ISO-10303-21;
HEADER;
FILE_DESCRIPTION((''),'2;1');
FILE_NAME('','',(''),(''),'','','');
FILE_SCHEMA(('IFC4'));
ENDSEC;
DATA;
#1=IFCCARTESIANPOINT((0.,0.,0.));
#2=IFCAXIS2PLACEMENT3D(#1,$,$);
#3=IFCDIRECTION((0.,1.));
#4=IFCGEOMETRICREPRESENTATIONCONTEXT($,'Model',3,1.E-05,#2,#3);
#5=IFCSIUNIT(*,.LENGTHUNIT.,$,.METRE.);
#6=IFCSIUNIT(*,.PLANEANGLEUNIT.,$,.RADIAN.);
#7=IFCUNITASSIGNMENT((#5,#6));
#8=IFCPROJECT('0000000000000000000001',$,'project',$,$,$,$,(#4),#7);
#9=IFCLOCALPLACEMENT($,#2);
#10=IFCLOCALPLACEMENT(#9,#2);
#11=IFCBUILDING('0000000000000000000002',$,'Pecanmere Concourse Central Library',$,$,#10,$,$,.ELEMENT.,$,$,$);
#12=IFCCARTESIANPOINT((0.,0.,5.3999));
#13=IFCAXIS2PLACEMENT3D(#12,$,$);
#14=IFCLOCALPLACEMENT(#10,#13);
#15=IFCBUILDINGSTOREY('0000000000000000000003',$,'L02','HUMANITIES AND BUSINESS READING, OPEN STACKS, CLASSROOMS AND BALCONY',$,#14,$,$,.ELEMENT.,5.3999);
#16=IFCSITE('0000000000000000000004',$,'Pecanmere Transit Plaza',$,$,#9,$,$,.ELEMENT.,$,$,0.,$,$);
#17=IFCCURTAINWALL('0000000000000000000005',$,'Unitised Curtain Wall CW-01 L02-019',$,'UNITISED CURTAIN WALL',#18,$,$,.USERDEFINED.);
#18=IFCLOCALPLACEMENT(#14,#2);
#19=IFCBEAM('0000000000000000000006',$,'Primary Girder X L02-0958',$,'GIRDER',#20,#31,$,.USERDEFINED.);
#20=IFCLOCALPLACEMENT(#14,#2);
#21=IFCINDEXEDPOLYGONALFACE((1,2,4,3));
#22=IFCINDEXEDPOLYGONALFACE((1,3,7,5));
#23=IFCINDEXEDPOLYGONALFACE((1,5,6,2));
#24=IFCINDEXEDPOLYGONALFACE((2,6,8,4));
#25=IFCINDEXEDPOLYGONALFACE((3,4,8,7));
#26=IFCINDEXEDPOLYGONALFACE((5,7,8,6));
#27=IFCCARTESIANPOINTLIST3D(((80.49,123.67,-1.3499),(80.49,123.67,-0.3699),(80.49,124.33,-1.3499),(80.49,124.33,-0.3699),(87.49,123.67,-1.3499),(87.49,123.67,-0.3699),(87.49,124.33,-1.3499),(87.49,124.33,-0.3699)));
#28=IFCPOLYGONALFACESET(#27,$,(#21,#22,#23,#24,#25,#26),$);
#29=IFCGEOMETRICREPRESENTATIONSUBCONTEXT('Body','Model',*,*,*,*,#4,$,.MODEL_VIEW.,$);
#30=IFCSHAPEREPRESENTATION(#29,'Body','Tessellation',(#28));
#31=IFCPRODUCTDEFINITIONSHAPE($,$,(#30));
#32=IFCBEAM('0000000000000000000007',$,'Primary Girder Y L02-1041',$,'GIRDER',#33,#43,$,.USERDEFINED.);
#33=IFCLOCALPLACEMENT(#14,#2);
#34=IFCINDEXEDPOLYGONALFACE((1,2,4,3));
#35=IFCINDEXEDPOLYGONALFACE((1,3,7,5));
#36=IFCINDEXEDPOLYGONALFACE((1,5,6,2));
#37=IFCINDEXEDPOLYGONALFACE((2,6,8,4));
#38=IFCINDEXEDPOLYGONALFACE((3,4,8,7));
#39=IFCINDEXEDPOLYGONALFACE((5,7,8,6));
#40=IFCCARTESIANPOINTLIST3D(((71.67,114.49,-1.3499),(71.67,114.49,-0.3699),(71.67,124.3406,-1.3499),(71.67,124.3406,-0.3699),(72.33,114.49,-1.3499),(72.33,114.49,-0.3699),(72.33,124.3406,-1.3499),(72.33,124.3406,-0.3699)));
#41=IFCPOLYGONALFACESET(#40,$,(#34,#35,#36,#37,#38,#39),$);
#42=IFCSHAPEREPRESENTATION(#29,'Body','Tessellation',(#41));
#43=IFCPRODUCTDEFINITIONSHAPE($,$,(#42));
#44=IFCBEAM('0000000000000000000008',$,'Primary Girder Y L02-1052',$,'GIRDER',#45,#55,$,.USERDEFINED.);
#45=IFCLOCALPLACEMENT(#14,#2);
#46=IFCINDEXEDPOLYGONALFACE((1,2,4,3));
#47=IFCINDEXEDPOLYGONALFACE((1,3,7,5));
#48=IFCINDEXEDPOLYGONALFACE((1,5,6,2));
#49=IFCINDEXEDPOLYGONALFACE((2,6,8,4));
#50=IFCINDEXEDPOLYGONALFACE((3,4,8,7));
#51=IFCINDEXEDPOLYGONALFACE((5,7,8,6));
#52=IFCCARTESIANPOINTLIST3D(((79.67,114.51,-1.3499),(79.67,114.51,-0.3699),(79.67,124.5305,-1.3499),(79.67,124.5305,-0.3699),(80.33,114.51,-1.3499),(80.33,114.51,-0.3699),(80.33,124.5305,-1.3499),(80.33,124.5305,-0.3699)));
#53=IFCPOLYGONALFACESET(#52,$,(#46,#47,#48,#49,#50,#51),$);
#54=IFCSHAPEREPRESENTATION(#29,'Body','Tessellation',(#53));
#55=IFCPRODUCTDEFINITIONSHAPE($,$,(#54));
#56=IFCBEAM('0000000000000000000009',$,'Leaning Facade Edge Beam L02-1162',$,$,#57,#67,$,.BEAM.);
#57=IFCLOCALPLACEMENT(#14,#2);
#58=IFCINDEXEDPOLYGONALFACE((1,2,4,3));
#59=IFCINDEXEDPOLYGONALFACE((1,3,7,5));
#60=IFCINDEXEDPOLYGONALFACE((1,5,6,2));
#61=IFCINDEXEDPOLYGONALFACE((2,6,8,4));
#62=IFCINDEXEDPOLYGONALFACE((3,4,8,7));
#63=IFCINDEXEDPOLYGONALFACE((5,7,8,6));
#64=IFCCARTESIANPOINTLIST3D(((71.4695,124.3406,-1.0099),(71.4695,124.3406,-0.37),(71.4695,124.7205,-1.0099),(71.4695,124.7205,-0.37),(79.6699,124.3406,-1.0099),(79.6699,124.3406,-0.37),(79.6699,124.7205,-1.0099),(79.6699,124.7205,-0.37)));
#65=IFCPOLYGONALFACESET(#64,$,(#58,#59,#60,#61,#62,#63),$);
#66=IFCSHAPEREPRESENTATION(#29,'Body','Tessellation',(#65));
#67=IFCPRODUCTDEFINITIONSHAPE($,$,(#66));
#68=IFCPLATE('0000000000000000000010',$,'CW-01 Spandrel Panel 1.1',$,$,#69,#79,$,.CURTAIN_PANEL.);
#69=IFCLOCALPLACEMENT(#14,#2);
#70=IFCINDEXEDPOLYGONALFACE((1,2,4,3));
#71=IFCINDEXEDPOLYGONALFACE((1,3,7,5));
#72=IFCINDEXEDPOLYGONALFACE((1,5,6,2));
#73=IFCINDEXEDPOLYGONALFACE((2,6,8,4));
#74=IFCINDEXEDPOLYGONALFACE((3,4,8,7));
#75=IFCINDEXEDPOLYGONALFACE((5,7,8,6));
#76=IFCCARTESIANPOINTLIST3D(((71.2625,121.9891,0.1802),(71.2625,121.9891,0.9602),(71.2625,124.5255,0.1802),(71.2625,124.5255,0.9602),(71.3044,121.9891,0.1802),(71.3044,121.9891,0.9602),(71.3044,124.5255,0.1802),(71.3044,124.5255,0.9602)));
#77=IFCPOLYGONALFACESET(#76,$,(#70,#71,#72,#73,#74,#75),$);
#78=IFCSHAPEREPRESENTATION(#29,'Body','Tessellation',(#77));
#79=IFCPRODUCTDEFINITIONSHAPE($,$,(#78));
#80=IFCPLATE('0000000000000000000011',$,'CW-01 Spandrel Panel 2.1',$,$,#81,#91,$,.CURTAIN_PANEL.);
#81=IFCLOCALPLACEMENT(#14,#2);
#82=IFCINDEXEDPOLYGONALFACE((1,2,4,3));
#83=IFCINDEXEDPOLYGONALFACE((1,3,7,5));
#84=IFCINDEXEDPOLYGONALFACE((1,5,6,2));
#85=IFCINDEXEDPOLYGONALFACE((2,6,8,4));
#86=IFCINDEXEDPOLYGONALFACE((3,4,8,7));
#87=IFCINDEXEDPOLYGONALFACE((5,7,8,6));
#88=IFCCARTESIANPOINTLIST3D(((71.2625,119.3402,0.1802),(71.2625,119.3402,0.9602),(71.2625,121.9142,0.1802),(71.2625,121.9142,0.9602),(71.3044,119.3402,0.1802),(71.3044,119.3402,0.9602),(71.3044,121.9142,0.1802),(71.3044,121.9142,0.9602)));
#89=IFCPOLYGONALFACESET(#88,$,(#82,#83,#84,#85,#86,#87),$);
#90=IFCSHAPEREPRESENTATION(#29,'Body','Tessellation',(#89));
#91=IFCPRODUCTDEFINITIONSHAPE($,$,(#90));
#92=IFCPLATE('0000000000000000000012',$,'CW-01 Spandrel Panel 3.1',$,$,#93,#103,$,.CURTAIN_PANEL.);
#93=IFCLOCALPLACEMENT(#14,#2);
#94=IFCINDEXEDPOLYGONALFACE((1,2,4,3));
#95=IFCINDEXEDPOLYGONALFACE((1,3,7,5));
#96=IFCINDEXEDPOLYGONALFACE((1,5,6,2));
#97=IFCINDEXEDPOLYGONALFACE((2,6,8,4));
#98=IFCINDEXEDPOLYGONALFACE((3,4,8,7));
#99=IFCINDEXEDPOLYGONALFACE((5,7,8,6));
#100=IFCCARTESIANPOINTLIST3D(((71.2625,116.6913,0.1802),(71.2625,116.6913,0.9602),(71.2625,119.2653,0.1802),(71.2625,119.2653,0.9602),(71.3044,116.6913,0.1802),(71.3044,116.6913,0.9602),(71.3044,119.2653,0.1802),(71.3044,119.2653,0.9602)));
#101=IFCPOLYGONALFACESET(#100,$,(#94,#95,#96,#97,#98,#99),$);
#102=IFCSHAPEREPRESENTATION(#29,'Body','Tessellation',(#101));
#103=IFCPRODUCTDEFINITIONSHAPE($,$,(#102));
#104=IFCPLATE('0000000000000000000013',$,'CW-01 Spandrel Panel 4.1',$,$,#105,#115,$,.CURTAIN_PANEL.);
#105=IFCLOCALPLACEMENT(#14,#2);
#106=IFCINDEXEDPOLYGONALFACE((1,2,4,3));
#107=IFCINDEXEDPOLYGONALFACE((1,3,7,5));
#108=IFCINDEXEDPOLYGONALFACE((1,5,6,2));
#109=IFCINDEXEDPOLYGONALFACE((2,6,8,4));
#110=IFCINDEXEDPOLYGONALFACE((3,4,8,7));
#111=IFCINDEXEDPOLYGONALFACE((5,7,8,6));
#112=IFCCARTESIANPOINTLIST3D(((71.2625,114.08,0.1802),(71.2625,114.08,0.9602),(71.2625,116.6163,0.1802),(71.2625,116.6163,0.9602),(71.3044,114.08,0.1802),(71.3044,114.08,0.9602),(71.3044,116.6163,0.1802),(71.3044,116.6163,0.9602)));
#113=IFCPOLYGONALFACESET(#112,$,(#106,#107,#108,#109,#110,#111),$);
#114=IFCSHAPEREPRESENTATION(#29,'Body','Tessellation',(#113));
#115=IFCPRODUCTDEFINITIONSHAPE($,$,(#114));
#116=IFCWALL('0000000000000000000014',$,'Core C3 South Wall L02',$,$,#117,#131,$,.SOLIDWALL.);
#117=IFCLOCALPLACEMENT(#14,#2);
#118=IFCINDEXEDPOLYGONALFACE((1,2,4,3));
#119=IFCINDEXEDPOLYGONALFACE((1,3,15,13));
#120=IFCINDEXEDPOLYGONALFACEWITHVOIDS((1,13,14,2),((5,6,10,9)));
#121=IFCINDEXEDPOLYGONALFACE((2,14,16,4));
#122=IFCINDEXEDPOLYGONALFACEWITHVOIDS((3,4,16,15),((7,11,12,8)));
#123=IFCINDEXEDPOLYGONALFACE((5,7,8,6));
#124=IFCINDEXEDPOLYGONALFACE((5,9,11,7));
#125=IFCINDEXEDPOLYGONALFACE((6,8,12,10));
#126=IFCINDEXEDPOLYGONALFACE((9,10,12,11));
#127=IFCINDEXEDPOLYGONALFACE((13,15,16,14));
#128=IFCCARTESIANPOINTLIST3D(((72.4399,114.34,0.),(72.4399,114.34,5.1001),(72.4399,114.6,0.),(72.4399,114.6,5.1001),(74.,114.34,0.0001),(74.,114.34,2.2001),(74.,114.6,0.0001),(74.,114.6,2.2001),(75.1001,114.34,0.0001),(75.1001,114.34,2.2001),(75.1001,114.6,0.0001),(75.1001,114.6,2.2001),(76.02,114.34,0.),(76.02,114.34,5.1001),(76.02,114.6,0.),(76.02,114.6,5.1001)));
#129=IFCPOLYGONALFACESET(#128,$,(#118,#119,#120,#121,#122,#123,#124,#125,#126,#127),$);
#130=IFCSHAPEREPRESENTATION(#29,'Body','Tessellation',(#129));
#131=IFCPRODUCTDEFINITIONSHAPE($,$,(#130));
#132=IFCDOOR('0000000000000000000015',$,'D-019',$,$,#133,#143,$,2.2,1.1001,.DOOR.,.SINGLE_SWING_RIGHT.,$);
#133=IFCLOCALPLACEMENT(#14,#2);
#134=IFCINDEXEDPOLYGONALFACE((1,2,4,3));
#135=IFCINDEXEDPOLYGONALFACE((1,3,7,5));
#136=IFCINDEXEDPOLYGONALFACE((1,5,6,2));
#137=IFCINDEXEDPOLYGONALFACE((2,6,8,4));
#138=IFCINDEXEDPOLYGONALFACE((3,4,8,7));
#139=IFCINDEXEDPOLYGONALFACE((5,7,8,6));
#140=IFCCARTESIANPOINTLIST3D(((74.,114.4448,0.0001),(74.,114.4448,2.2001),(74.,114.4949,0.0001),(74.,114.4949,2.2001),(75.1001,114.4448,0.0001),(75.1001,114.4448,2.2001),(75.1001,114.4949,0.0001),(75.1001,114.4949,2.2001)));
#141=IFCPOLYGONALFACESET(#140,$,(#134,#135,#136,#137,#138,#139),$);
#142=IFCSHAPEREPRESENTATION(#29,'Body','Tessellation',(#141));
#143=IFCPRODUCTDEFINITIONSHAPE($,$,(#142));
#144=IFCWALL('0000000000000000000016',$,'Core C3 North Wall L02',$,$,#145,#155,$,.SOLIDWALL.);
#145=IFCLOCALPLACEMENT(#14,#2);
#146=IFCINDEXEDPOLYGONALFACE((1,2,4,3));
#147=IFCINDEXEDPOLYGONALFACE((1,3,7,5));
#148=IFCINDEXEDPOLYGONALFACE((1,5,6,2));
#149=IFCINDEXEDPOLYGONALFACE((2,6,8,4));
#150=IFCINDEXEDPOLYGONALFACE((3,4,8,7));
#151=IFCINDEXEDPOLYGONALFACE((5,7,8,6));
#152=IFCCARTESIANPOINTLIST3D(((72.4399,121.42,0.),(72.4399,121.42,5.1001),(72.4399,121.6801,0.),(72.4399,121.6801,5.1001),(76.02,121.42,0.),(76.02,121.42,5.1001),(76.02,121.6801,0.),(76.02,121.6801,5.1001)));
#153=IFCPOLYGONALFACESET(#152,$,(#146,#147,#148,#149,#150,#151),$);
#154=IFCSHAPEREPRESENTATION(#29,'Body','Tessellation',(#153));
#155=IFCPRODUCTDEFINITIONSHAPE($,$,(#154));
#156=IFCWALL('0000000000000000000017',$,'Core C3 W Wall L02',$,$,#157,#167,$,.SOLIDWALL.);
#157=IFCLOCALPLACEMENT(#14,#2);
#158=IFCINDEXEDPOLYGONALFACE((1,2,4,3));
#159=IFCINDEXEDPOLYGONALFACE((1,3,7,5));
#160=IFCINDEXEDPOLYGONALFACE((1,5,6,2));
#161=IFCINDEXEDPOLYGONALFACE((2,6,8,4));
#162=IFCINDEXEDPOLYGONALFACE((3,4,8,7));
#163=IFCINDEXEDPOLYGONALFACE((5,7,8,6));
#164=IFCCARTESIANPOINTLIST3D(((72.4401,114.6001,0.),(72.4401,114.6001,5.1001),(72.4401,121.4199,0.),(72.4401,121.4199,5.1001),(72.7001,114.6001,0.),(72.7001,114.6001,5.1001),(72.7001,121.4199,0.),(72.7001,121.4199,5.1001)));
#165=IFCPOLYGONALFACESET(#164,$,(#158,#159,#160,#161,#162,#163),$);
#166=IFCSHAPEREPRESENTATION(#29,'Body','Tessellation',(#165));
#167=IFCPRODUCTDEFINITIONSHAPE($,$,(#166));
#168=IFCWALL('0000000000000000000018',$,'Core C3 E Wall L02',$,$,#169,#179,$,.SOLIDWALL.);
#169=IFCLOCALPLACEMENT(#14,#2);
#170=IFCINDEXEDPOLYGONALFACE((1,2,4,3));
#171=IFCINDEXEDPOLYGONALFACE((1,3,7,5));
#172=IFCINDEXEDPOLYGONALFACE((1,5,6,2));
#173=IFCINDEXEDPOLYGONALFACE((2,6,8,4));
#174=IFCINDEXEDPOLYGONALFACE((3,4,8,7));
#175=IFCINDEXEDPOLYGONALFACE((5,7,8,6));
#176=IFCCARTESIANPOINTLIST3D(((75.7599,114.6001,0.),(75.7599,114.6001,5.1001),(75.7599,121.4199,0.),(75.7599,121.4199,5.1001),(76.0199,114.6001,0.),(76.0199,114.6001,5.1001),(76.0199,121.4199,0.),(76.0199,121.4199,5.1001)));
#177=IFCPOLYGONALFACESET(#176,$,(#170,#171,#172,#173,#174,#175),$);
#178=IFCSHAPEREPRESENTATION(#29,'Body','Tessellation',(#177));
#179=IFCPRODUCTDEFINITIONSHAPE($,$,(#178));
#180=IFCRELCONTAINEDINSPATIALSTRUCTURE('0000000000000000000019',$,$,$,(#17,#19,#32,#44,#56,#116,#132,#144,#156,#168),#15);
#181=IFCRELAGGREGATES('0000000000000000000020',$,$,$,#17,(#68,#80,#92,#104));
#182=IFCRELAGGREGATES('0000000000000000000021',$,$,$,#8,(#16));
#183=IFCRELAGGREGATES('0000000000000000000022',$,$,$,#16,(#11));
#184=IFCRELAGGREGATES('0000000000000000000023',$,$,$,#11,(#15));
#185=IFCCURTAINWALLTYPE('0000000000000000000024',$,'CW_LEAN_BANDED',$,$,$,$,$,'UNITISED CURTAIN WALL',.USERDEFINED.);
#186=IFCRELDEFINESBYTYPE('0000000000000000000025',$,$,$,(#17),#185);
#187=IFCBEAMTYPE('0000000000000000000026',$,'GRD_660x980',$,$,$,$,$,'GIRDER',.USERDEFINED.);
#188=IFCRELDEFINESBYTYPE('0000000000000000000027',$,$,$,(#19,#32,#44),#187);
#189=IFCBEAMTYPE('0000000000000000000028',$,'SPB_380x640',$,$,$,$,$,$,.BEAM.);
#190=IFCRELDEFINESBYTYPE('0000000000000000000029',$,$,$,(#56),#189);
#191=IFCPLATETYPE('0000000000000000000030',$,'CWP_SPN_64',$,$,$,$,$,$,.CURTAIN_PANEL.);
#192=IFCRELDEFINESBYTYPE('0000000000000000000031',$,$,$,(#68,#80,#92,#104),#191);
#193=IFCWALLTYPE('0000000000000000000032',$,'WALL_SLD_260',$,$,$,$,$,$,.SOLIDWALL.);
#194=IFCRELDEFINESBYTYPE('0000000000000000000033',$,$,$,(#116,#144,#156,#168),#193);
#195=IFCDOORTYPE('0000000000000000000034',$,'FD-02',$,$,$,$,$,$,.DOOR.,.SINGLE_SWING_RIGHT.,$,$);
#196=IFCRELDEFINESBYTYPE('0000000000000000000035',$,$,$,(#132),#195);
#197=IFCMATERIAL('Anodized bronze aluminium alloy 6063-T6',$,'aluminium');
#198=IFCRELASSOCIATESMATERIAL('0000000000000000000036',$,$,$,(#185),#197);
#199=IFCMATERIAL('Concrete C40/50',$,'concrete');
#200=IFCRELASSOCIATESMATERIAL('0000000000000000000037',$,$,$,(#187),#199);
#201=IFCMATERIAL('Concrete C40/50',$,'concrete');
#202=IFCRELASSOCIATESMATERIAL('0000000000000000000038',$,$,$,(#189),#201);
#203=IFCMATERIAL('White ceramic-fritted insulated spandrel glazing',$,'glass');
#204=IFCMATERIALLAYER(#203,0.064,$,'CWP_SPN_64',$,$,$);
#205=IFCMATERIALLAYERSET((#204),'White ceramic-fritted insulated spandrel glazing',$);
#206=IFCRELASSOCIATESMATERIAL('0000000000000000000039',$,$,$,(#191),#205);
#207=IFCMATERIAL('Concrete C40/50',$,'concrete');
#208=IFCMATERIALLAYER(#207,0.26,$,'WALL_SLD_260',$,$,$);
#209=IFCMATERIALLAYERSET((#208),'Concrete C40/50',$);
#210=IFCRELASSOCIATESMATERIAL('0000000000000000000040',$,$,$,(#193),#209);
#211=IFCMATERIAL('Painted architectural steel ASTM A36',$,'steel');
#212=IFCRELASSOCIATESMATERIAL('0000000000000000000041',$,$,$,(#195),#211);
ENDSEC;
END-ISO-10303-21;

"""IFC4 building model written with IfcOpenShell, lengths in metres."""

from ifc_helpers import new_model, si_unit, direction, frame, frame_2d, origin, origin_2d, place, context, subcontext, project, spatial, rectangle, extrude, material, layer, layer_set, material_profile, profile_set, type_object, element, fill, aggregate, save


model = new_model("IFC4")

# Units and contexts
model_context = context("Model", 3, precision=1e-05, world=origin(), true_north=direction((0.0, 1.0)))
body_context = subcontext(model_context, "Body", "Model", "MODEL_VIEW")
ifc_project = project(units=[si_unit("LENGTHUNIT", "METRE"), si_unit("PLANEANGLEUNIT", "RADIAN")], contexts=[model_context])

# Site, building, storey
site_placement = place(None, origin())
site = spatial("IfcSite", under=ifc_project, at=site_placement, Name="Pecanmere Transit Plaza", CompositionType="ELEMENT", RefElevation=0.0)
building_placement = place(site_placement, origin())
building = spatial("IfcBuilding", under=site, at=building_placement, Name="Pecanmere Concourse Central Library", CompositionType="ELEMENT")
storey_placement = place(building_placement, frame((0.0, 0.0, 5.3999)))
storey = spatial("IfcBuildingStorey", under=building, at=storey_placement, Name="L02", Description="HUMANITIES AND BUSINESS READING, OPEN STACKS, CLASSROOMS AND BALCONY", CompositionType="ELEMENT", Elevation=5.3999)

# Curtain wall
ifc_material_1 = material(Name="Anodized bronze aluminium alloy 6063-T6", Category="aluminium")
curtain_wall_type = type_object("IfcCurtainWallType", Name="CW_LEAN_BANDED", ElementType="UNITISED CURTAIN WALL", PredefinedType="USERDEFINED", material=ifc_material_1)
curtain_wall_placement = place(storey_placement, origin())
curtain_wall = element("IfcCurtainWall", 1, at=curtain_wall_placement, inside=storey, type_object=curtain_wall_type, Name="Unitised Curtain Wall CW-01 L02-019", ObjectType="UNITISED CURTAIN WALL", PredefinedType="USERDEFINED")

# Beams
ifc_material_2 = material(Name="Concrete C40/50", Category="concrete")
ifc_material_profile_1 = material_profile(ifc_material_2, rectangle(XDim=0.6599, YDim=0.98, at=origin_2d()), Name="RC 660x980")
ifc_profile_set_1 = profile_set([ifc_material_profile_1], Name="Concrete C40/50")
beam_type_1 = type_object("IfcBeamType", Name="GRD_660x980", ElementType="GIRDER", PredefinedType="USERDEFINED", material=ifc_profile_set_1)
for number, where, z_axis, x_axis, name in (
    (2, (80.49, 124.0, -0.8599), (1.0, 0.0, 0.0), (0.0, 1.0, 0.0), "Primary Girder X L02-0958"),
):
    element("IfcBeam", number, at=place(storey_placement, frame(where, z_axis=z_axis, x_axis=x_axis)), inside=storey, type_object=beam_type_1, Name=name, ObjectType="GIRDER", PredefinedType="USERDEFINED", context=body_context, shape_type="SweptSolid", body=[
        extrude(rectangle(XDim=0.6599, YDim=0.98, at=origin_2d()), origin(), (0.0, 0.0, 1.0), 7.0),
    ])
beam_1_placement = place(storey_placement, frame((72.0, 114.49, -0.8599), z_axis=(0.0, 1.0, 0.0), x_axis=(-1.0, 0.0, 0.0)))
element("IfcBeam", 3, at=beam_1_placement, inside=storey, type_object=beam_type_1, Name="Primary Girder Y L02-1041", ObjectType="GIRDER", PredefinedType="USERDEFINED", context=body_context, shape_type="SweptSolid", body=[
    extrude(rectangle(XDim=0.6599, YDim=0.98, at=origin_2d()), origin(), (0.0, 0.0, 1.0), 9.8506),
])
beam_2_placement = place(storey_placement, frame((80.0, 114.51, -0.8599), z_axis=(0.0, 1.0, 0.0), x_axis=(-1.0, 0.0, 0.0)))
element("IfcBeam", 4, at=beam_2_placement, inside=storey, type_object=beam_type_1, Name="Primary Girder Y L02-1052", ObjectType="GIRDER", PredefinedType="USERDEFINED", context=body_context, shape_type="SweptSolid", body=[
    extrude(rectangle(XDim=0.6599, YDim=0.98, at=origin_2d()), origin(), (0.0, 0.0, 1.0), 10.0205),
])
ifc_material_3 = material(Name="Concrete C40/50", Category="concrete")
ifc_material_profile_2 = material_profile(ifc_material_3, rectangle(XDim=0.3799, YDim=0.6399, at=origin_2d()), Name="RC 380x640")
ifc_profile_set_2 = profile_set([ifc_material_profile_2], Name="Concrete C40/50")
beam_type_2 = type_object("IfcBeamType", Name="SPB_380x640", PredefinedType="BEAM", material=ifc_profile_set_2)
beam_3_placement = place(storey_placement, frame((71.4695, 124.5305, -0.6899), z_axis=(1.0, 0.0, 0.0), x_axis=(0.0, 1.0, 0.0)))
element("IfcBeam", 5, at=beam_3_placement, inside=storey, type_object=beam_type_2, Name="Leaning Facade Edge Beam L02-1162", PredefinedType="BEAM", context=body_context, shape_type="SweptSolid", body=[
    extrude(rectangle(XDim=0.3799, YDim=0.6399, at=origin_2d()), origin(), (0.0, 0.0, 1.0), 8.2004),
])

# Plates
ifc_material_4 = material(Name="White ceramic-fritted insulated spandrel glazing", Category="glass")
ifc_layer_1 = layer(ifc_material_4, 0.064, Name="CWP_SPN_64")
ifc_layer_set_1 = layer_set([ifc_layer_1], Name="White ceramic-fritted insulated spandrel glazing")
plate_type = type_object("IfcPlateType", Name="CWP_SPN_64", PredefinedType="CURTAIN_PANEL", material=ifc_layer_set_1)
plate_1_placement = place(storey_placement, frame((71.2834, 123.2573, 0.1802), z_axis=(0.0, 0.0, 1.0), x_axis=(0.0, -1.0, 0.0)))
plate_1 = element("IfcPlate", 6, at=plate_1_placement, type_object=plate_type, Name="CW-01 Spandrel Panel 1.1", PredefinedType="CURTAIN_PANEL", context=body_context, shape_type="SweptSolid", body=[
    extrude(rectangle(XDim=2.5364, YDim=0.042, at=origin_2d()), origin(), (0.0, 0.0, 1.0), 0.78),
])
plate_2_placement = place(storey_placement, frame((71.2834, 120.6272, 0.1802), z_axis=(0.0, 0.0, 1.0), x_axis=(0.0, -1.0, 0.0)))
plate_2 = element("IfcPlate", 7, at=plate_2_placement, type_object=plate_type, Name="CW-01 Spandrel Panel 2.1", PredefinedType="CURTAIN_PANEL", context=body_context, shape_type="SweptSolid", body=[
    extrude(rectangle(XDim=2.574, YDim=0.042, at=origin_2d()), origin(), (0.0, 0.0, 1.0), 0.78),
])
plate_3_placement = place(storey_placement, frame((71.2834, 117.9783, 0.1802), z_axis=(0.0, 0.0, 1.0), x_axis=(0.0, -1.0, 0.0)))
plate_3 = element("IfcPlate", 8, at=plate_3_placement, type_object=plate_type, Name="CW-01 Spandrel Panel 3.1", PredefinedType="CURTAIN_PANEL", context=body_context, shape_type="SweptSolid", body=[
    extrude(rectangle(XDim=2.574, YDim=0.042, at=origin_2d()), origin(), (0.0, 0.0, 1.0), 0.78),
])
plate_4_placement = place(storey_placement, frame((71.2834, 115.3481, 0.1802), z_axis=(0.0, 0.0, 1.0), x_axis=(0.0, -1.0, 0.0)))
plate_4 = element("IfcPlate", 9, at=plate_4_placement, type_object=plate_type, Name="CW-01 Spandrel Panel 4.1", PredefinedType="CURTAIN_PANEL", context=body_context, shape_type="SweptSolid", body=[
    extrude(rectangle(XDim=2.5364, YDim=0.042, at=origin_2d()), origin(), (0.0, 0.0, 1.0), 0.78),
])
aggregate(curtain_wall, [plate_1, plate_2, plate_3, plate_4])

# Wall, opening, door
ifc_material_5 = material(Name="Concrete C40/50", Category="concrete")
ifc_layer_2 = layer(ifc_material_5, 0.26, Name="WALL_SLD_260")
ifc_layer_set_2 = layer_set([ifc_layer_2], Name="Concrete C40/50")
wall_type = type_object("IfcWallType", Name="WALL_SLD_260", PredefinedType="SOLIDWALL", material=ifc_layer_set_2)
wall_1_placement = place(storey_placement, frame((72.4399, 114.47, 0.0), z_axis=(0.0, 0.0, 1.0), x_axis=(1.0, 0.0, 0.0)))
wall_1 = element("IfcWall", 10, at=wall_1_placement, inside=storey, type_object=wall_type, Name="Core C3 South Wall L02", PredefinedType="SOLIDWALL", context=body_context, shape_type="SweptSolid", body=[
    extrude(rectangle(XDim=3.5801, YDim=0.26, at=frame_2d((1.79, 0.0))), origin(), (0.0, 0.0, 1.0), 5.1001),
])
opening_placement = place(wall_1_placement, frame((1.5601, 0.0, 0.0)))
opening = element("IfcOpeningElement", 11, at=opening_placement, cuts=wall_1, PredefinedType="OPENING", context=body_context, shape_type="SweptSolid", body=[
    extrude(rectangle(XDim=1.1001, YDim=2.2, at=frame_2d((0.55, 1.1001))), frame((0.0, 0.1421, 0.0), z_axis=(0.0, -1.0, 0.0), x_axis=(1.0, 0.0, 0.0)), (0.0, 0.0, 1.0), 0.2839),
])
ifc_material_6 = material(Name="Painted architectural steel ASTM A36", Category="steel")
door_type = type_object("IfcDoorType", Name="FD-02", OperationType="SINGLE_SWING_RIGHT", PredefinedType="DOOR", material=ifc_material_6)
door_placement = place(opening_placement, origin())
door = element("IfcDoor", 12, at=door_placement, inside=storey, type_object=door_type, Name="D-019", OperationType="SINGLE_SWING_RIGHT", OverallHeight=2.2, OverallWidth=1.1001, PredefinedType="DOOR", context=body_context, shape_type="SweptSolid", body=[
    extrude(rectangle(XDim=1.1001, YDim=2.2, at=frame_2d((0.55, 1.1001))), frame((0.0, 0.0249, 0.0), z_axis=(0.0, -1.0, 0.0), x_axis=(1.0, 0.0, 0.0)), (0.0, 0.0, 1.0), 0.05),
])
fill(opening, door)

# Walls
wall_2_placement = place(storey_placement, frame((72.4399, 121.55, 0.0), z_axis=(0.0, 0.0, 1.0), x_axis=(1.0, 0.0, 0.0)))
element("IfcWall", 13, at=wall_2_placement, inside=storey, type_object=wall_type, Name="Core C3 North Wall L02", PredefinedType="SOLIDWALL", context=body_context, shape_type="SweptSolid", body=[
    extrude(rectangle(XDim=3.5801, YDim=0.26, at=frame_2d((1.79, 0.0))), origin(), (0.0, 0.0, 1.0), 5.1001),
])
for number, where, z_axis, x_axis, name in (
    (14, (72.5701, 114.6001, 0.0), (0.0, 0.0, 1.0), (0.0, 1.0, 0.0), "Core C3 W Wall L02"),
    (15, (75.8899, 114.6001, 0.0), (0.0, 0.0, 1.0), (0.0, 1.0, 0.0), "Core C3 E Wall L02"),
):
    element("IfcWall", number, at=place(storey_placement, frame(where, z_axis=z_axis, x_axis=x_axis)), inside=storey, type_object=wall_type, Name=name, PredefinedType="SOLIDWALL", context=body_context, shape_type="SweptSolid", body=[
        extrude(rectangle(XDim=6.8198, YDim=0.26, at=frame_2d((3.4099, 0.0))), origin(), (0.0, 0.0, 1.0), 5.1001),
    ])

save(model, "model.ifc")
